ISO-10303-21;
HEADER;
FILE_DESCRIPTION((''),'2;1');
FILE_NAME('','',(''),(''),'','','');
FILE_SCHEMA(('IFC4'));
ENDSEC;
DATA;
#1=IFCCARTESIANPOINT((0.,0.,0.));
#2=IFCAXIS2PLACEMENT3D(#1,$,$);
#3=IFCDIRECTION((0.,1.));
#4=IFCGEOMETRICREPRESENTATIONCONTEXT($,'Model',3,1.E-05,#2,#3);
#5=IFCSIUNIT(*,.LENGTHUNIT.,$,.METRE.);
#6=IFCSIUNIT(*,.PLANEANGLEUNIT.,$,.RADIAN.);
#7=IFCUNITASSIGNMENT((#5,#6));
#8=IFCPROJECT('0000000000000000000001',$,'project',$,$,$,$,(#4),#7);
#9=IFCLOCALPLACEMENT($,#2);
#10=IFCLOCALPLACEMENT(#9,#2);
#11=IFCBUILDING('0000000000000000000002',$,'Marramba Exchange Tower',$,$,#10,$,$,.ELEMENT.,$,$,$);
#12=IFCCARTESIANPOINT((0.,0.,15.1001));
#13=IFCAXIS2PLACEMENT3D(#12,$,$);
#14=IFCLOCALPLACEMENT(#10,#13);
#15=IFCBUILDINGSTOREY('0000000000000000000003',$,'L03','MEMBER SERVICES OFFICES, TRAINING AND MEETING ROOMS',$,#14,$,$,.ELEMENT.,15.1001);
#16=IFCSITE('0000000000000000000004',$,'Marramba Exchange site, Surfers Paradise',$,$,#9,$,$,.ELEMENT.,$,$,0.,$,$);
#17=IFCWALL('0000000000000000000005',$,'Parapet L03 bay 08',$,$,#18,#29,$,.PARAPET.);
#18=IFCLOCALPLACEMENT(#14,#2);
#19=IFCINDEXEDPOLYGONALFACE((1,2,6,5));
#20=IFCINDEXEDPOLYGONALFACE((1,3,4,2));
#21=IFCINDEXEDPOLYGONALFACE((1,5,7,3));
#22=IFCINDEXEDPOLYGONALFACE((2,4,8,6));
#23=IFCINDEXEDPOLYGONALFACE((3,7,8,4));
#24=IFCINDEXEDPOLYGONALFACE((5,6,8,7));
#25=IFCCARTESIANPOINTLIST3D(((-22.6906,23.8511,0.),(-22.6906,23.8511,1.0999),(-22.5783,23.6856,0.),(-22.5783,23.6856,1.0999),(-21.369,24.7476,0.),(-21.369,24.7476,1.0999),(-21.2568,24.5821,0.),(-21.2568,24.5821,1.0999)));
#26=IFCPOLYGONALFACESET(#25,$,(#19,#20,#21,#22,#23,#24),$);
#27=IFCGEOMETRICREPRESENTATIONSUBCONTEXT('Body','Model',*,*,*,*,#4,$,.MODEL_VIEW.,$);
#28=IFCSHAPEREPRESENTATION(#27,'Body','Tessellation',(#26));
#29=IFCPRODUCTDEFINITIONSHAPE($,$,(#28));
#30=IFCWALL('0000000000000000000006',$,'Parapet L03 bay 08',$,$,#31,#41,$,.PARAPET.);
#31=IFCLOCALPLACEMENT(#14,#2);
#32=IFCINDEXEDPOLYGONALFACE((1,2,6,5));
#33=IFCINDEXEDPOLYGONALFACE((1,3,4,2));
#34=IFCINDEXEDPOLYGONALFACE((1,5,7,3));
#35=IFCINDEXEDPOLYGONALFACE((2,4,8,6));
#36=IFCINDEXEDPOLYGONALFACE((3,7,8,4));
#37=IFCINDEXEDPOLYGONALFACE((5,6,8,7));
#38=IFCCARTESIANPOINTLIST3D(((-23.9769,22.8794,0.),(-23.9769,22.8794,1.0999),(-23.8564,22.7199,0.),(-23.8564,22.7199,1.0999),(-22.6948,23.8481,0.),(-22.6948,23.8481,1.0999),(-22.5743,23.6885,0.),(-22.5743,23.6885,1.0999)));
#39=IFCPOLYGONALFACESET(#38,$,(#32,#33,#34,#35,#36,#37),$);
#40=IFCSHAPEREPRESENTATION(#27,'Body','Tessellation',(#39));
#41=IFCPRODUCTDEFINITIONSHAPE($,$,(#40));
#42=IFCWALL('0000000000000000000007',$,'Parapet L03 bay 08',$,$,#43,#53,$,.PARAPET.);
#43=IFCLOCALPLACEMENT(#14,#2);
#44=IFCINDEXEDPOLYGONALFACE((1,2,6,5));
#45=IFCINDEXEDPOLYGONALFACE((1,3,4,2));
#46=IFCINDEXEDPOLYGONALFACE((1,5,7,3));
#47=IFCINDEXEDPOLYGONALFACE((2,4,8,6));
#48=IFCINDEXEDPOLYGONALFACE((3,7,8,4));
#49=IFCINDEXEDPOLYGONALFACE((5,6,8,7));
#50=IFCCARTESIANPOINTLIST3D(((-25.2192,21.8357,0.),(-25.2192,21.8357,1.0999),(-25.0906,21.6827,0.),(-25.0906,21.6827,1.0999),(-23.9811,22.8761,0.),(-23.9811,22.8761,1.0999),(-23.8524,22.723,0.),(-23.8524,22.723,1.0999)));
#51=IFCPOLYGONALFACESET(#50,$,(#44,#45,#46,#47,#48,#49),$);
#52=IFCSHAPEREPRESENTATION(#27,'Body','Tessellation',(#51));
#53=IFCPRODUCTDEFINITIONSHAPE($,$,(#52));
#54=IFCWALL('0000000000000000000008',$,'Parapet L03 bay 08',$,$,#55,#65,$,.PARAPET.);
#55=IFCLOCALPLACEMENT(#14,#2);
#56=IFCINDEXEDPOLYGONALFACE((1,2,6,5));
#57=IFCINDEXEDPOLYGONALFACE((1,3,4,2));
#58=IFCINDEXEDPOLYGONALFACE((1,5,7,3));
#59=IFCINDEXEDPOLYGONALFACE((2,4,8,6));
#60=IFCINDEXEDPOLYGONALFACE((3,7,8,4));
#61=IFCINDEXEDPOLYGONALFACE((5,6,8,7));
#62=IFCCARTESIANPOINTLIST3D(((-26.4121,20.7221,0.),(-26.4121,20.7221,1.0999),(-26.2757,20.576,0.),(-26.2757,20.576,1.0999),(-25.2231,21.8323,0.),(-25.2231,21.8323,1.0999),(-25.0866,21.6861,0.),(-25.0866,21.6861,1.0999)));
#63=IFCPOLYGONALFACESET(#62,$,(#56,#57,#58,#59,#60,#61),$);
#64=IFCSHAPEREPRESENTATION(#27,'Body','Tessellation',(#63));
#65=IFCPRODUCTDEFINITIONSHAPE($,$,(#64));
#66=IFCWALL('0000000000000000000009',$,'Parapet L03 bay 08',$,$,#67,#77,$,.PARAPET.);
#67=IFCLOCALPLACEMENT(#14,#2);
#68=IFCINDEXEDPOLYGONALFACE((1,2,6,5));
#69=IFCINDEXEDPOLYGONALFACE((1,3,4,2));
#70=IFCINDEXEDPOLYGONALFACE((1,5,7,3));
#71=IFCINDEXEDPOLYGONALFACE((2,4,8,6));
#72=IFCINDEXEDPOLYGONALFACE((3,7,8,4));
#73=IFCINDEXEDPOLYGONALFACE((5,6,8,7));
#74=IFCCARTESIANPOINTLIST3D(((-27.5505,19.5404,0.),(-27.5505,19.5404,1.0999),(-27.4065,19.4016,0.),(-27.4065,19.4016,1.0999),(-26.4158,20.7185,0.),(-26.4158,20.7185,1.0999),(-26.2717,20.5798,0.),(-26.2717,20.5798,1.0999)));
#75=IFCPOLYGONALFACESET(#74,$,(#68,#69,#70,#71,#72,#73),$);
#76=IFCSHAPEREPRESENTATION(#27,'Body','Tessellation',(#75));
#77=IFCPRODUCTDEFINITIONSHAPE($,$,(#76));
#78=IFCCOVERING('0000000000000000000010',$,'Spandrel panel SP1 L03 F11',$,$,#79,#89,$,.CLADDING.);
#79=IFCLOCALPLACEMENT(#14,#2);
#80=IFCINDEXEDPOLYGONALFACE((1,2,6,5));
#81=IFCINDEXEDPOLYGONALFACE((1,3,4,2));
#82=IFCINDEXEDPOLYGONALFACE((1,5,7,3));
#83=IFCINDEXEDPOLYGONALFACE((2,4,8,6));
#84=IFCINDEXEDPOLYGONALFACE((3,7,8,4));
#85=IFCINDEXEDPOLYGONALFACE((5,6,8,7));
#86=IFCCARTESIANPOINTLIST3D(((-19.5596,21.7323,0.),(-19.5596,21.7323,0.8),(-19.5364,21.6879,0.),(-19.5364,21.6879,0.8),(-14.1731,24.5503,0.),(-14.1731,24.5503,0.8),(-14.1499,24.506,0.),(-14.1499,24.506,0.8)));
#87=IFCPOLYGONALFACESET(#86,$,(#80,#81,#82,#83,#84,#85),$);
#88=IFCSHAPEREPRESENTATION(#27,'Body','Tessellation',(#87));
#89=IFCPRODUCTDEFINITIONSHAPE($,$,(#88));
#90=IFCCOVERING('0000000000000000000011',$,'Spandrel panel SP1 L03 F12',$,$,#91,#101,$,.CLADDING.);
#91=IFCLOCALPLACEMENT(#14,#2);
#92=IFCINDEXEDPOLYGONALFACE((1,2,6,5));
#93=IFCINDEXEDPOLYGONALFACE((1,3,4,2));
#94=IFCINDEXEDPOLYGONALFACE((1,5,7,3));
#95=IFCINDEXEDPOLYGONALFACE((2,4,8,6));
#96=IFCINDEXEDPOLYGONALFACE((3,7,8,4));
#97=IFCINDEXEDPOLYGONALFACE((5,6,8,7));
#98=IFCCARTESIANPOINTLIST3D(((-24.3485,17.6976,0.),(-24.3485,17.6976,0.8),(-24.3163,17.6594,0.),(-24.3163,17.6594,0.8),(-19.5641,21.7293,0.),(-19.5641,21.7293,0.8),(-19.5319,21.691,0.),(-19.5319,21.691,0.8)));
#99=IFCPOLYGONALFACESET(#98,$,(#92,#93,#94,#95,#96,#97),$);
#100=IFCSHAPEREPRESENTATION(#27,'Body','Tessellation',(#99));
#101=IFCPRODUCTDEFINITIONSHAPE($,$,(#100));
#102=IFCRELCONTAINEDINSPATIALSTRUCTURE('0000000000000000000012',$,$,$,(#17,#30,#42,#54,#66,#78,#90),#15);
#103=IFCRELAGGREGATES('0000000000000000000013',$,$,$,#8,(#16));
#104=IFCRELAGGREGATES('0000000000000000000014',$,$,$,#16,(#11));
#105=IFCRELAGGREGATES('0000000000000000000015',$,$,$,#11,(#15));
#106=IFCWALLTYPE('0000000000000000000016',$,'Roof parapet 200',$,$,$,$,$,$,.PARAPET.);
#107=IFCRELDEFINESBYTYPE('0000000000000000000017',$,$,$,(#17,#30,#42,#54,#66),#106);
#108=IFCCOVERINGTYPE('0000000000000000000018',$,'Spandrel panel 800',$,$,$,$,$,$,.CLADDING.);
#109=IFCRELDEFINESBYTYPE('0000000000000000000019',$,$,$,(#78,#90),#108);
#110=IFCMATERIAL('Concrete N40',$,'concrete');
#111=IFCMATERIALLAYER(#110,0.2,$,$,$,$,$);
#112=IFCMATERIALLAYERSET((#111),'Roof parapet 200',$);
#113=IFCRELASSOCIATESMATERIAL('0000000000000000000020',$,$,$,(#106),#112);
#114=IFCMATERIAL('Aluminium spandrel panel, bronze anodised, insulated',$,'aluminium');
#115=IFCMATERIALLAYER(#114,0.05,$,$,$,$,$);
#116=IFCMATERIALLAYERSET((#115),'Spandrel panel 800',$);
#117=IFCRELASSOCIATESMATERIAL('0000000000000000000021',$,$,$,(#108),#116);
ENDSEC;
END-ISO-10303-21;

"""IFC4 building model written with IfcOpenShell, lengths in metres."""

from ifc_helpers import new_model, si_unit, direction, frame, frame_2d, origin, origin_2d, place, context, subcontext, project, spatial, rectangle, extrude, material, layer, layer_set, type_object, element, save


model = new_model("IFC4")

# Units and contexts
model_context = context("Model", 3, precision=1e-05, world=origin(), true_north=direction((0.0, 1.0)))
body_context = subcontext(model_context, "Body", "Model", "MODEL_VIEW")
ifc_project = project(units=[si_unit("LENGTHUNIT", "METRE"), si_unit("PLANEANGLEUNIT", "RADIAN")], contexts=[model_context])

# Site, building, storey
site_placement = place(None, origin())
site = spatial("IfcSite", under=ifc_project, at=site_placement, Name="Marramba Exchange site, Surfers Paradise", CompositionType="ELEMENT", RefElevation=0.0)
building_placement = place(site_placement, origin())
building = spatial("IfcBuilding", under=site, at=building_placement, Name="Marramba Exchange Tower", CompositionType="ELEMENT")
storey_placement = place(building_placement, frame((0.0, 0.0, 15.1001)))
storey = spatial("IfcBuildingStorey", under=building, at=storey_placement, Name="L03", Description="MEMBER SERVICES OFFICES, TRAINING AND MEETING ROOMS", CompositionType="ELEMENT", Elevation=15.1001)

# Walls
ifc_material_1 = material(Name="Concrete N40", Category="concrete")
ifc_layer_1 = layer(ifc_material_1, 0.2)
ifc_layer_set_1 = layer_set([ifc_layer_1], Name="Roof parapet 200")
wall_type = type_object("IfcWallType", Name="Roof parapet 200", PredefinedType="PARAPET", material=ifc_layer_set_1)
wall_1_placement = place(storey_placement, frame((-21.313, 24.6648, 0.0), z_axis=(0.0, 0.0, 1.0), x_axis=(-0.827554, -0.561386, 0.0)))
element("IfcWall", 1, at=wall_1_placement, inside=storey, type_object=wall_type, Name="Parapet L03 bay 08", PredefinedType="PARAPET", context=body_context, shape_type="SweptSolid", body=[
    extrude(rectangle(XDim=1.5969, YDim=0.2, at=frame_2d((0.7983, 0.0))), origin(), (0.0, 0.0, 1.0), 1.0999),
])
wall_2_placement = place(storey_placement, frame((-22.6345, 23.7683, 0.0), z_axis=(0.0, 0.0, 1.0), x_axis=(-0.79788, -0.602816, 0.0)))
element("IfcWall", 2, at=wall_2_placement, inside=storey, type_object=wall_type, Name="Parapet L03 bay 08", PredefinedType="PARAPET", context=body_context, shape_type="SweptSolid", body=[
    extrude(rectangle(XDim=1.6069, YDim=0.2, at=frame_2d((0.8035, 0.0))), origin(), (0.0, 0.0, 1.0), 1.0999),
])
wall_3_placement = place(storey_placement, frame((-23.9167, 22.7996, 0.0), z_axis=(0.0, 0.0, 1.0), x_axis=(-0.765604, -0.643312, 0.0)))
element("IfcWall", 3, at=wall_3_placement, inside=storey, type_object=wall_type, Name="Parapet L03 bay 08", PredefinedType="PARAPET", context=body_context, shape_type="SweptSolid", body=[
    extrude(rectangle(XDim=1.6172, YDim=0.2, at=frame_2d((0.8086, 0.0))), origin(), (0.0, 0.0, 1.0), 1.0999),
])
wall_4_placement = place(storey_placement, frame((-25.1548, 21.7593, 0.0), z_axis=(0.0, 0.0, 1.0), x_axis=(-0.73093, -0.682452, 0.0)))
element("IfcWall", 4, at=wall_4_placement, inside=storey, type_object=wall_type, Name="Parapet L03 bay 08", PredefinedType="PARAPET", context=body_context, shape_type="SweptSolid", body=[
    extrude(rectangle(XDim=1.6267, YDim=0.2, at=frame_2d((0.8135, 0.0))), origin(), (0.0, 0.0, 1.0), 1.0999),
])
wall_5_placement = place(storey_placement, frame((-26.3438, 20.6492, 0.0), z_axis=(0.0, 0.0, 1.0), x_axis=(-0.693699, -0.720265, 0.0)))
element("IfcWall", 5, at=wall_5_placement, inside=storey, type_object=wall_type, Name="Parapet L03 bay 08", PredefinedType="PARAPET", context=body_context, shape_type="SweptSolid", body=[
    extrude(rectangle(XDim=1.6357, YDim=0.2, at=frame_2d((0.8179, 0.0))), origin(), (0.0, 0.0, 1.0), 1.0999),
])

# Coverings
ifc_material_2 = material(Name="Aluminium spandrel panel, bronze anodised, insulated", Category="aluminium")
ifc_layer_2 = layer(ifc_material_2, 0.05)
ifc_layer_set_2 = layer_set([ifc_layer_2], Name="Spandrel panel 800")
covering_type = type_object("IfcCoveringType", Name="Spandrel panel 800", PredefinedType="CLADDING", material=ifc_layer_set_2)
covering_1_placement = place(storey_placement, frame((-16.8547, 23.1191, 0.0), z_axis=(0.0, 0.0, 1.0), x_axis=(-0.886062, -0.463567, 0.0)))
element("IfcCovering", 6, at=covering_1_placement, inside=storey, type_object=covering_type, Name="Spandrel panel SP1 L03 F11", PredefinedType="CLADDING", context=body_context, shape_type="SweptSolid", body=[
    extrude(rectangle(XDim=6.0791, YDim=0.05, at=origin_2d()), origin(), (0.0, 0.0, 1.0), 0.8),
])
covering_2_placement = place(storey_placement, frame((-21.9402, 19.6943, 0.0), z_axis=(0.0, 0.0, 1.0), x_axis=(-0.764697, -0.64439, 0.0)))
element("IfcCovering", 7, at=covering_2_placement, inside=storey, type_object=covering_type, Name="Spandrel panel SP1 L03 F12", PredefinedType="CLADDING", context=body_context, shape_type="SweptSolid", body=[
    extrude(rectangle(XDim=6.2566, YDim=0.05, at=origin_2d()), origin(), (0.0, 0.0, 1.0), 0.8),
])

save(model, "model.ifc")
